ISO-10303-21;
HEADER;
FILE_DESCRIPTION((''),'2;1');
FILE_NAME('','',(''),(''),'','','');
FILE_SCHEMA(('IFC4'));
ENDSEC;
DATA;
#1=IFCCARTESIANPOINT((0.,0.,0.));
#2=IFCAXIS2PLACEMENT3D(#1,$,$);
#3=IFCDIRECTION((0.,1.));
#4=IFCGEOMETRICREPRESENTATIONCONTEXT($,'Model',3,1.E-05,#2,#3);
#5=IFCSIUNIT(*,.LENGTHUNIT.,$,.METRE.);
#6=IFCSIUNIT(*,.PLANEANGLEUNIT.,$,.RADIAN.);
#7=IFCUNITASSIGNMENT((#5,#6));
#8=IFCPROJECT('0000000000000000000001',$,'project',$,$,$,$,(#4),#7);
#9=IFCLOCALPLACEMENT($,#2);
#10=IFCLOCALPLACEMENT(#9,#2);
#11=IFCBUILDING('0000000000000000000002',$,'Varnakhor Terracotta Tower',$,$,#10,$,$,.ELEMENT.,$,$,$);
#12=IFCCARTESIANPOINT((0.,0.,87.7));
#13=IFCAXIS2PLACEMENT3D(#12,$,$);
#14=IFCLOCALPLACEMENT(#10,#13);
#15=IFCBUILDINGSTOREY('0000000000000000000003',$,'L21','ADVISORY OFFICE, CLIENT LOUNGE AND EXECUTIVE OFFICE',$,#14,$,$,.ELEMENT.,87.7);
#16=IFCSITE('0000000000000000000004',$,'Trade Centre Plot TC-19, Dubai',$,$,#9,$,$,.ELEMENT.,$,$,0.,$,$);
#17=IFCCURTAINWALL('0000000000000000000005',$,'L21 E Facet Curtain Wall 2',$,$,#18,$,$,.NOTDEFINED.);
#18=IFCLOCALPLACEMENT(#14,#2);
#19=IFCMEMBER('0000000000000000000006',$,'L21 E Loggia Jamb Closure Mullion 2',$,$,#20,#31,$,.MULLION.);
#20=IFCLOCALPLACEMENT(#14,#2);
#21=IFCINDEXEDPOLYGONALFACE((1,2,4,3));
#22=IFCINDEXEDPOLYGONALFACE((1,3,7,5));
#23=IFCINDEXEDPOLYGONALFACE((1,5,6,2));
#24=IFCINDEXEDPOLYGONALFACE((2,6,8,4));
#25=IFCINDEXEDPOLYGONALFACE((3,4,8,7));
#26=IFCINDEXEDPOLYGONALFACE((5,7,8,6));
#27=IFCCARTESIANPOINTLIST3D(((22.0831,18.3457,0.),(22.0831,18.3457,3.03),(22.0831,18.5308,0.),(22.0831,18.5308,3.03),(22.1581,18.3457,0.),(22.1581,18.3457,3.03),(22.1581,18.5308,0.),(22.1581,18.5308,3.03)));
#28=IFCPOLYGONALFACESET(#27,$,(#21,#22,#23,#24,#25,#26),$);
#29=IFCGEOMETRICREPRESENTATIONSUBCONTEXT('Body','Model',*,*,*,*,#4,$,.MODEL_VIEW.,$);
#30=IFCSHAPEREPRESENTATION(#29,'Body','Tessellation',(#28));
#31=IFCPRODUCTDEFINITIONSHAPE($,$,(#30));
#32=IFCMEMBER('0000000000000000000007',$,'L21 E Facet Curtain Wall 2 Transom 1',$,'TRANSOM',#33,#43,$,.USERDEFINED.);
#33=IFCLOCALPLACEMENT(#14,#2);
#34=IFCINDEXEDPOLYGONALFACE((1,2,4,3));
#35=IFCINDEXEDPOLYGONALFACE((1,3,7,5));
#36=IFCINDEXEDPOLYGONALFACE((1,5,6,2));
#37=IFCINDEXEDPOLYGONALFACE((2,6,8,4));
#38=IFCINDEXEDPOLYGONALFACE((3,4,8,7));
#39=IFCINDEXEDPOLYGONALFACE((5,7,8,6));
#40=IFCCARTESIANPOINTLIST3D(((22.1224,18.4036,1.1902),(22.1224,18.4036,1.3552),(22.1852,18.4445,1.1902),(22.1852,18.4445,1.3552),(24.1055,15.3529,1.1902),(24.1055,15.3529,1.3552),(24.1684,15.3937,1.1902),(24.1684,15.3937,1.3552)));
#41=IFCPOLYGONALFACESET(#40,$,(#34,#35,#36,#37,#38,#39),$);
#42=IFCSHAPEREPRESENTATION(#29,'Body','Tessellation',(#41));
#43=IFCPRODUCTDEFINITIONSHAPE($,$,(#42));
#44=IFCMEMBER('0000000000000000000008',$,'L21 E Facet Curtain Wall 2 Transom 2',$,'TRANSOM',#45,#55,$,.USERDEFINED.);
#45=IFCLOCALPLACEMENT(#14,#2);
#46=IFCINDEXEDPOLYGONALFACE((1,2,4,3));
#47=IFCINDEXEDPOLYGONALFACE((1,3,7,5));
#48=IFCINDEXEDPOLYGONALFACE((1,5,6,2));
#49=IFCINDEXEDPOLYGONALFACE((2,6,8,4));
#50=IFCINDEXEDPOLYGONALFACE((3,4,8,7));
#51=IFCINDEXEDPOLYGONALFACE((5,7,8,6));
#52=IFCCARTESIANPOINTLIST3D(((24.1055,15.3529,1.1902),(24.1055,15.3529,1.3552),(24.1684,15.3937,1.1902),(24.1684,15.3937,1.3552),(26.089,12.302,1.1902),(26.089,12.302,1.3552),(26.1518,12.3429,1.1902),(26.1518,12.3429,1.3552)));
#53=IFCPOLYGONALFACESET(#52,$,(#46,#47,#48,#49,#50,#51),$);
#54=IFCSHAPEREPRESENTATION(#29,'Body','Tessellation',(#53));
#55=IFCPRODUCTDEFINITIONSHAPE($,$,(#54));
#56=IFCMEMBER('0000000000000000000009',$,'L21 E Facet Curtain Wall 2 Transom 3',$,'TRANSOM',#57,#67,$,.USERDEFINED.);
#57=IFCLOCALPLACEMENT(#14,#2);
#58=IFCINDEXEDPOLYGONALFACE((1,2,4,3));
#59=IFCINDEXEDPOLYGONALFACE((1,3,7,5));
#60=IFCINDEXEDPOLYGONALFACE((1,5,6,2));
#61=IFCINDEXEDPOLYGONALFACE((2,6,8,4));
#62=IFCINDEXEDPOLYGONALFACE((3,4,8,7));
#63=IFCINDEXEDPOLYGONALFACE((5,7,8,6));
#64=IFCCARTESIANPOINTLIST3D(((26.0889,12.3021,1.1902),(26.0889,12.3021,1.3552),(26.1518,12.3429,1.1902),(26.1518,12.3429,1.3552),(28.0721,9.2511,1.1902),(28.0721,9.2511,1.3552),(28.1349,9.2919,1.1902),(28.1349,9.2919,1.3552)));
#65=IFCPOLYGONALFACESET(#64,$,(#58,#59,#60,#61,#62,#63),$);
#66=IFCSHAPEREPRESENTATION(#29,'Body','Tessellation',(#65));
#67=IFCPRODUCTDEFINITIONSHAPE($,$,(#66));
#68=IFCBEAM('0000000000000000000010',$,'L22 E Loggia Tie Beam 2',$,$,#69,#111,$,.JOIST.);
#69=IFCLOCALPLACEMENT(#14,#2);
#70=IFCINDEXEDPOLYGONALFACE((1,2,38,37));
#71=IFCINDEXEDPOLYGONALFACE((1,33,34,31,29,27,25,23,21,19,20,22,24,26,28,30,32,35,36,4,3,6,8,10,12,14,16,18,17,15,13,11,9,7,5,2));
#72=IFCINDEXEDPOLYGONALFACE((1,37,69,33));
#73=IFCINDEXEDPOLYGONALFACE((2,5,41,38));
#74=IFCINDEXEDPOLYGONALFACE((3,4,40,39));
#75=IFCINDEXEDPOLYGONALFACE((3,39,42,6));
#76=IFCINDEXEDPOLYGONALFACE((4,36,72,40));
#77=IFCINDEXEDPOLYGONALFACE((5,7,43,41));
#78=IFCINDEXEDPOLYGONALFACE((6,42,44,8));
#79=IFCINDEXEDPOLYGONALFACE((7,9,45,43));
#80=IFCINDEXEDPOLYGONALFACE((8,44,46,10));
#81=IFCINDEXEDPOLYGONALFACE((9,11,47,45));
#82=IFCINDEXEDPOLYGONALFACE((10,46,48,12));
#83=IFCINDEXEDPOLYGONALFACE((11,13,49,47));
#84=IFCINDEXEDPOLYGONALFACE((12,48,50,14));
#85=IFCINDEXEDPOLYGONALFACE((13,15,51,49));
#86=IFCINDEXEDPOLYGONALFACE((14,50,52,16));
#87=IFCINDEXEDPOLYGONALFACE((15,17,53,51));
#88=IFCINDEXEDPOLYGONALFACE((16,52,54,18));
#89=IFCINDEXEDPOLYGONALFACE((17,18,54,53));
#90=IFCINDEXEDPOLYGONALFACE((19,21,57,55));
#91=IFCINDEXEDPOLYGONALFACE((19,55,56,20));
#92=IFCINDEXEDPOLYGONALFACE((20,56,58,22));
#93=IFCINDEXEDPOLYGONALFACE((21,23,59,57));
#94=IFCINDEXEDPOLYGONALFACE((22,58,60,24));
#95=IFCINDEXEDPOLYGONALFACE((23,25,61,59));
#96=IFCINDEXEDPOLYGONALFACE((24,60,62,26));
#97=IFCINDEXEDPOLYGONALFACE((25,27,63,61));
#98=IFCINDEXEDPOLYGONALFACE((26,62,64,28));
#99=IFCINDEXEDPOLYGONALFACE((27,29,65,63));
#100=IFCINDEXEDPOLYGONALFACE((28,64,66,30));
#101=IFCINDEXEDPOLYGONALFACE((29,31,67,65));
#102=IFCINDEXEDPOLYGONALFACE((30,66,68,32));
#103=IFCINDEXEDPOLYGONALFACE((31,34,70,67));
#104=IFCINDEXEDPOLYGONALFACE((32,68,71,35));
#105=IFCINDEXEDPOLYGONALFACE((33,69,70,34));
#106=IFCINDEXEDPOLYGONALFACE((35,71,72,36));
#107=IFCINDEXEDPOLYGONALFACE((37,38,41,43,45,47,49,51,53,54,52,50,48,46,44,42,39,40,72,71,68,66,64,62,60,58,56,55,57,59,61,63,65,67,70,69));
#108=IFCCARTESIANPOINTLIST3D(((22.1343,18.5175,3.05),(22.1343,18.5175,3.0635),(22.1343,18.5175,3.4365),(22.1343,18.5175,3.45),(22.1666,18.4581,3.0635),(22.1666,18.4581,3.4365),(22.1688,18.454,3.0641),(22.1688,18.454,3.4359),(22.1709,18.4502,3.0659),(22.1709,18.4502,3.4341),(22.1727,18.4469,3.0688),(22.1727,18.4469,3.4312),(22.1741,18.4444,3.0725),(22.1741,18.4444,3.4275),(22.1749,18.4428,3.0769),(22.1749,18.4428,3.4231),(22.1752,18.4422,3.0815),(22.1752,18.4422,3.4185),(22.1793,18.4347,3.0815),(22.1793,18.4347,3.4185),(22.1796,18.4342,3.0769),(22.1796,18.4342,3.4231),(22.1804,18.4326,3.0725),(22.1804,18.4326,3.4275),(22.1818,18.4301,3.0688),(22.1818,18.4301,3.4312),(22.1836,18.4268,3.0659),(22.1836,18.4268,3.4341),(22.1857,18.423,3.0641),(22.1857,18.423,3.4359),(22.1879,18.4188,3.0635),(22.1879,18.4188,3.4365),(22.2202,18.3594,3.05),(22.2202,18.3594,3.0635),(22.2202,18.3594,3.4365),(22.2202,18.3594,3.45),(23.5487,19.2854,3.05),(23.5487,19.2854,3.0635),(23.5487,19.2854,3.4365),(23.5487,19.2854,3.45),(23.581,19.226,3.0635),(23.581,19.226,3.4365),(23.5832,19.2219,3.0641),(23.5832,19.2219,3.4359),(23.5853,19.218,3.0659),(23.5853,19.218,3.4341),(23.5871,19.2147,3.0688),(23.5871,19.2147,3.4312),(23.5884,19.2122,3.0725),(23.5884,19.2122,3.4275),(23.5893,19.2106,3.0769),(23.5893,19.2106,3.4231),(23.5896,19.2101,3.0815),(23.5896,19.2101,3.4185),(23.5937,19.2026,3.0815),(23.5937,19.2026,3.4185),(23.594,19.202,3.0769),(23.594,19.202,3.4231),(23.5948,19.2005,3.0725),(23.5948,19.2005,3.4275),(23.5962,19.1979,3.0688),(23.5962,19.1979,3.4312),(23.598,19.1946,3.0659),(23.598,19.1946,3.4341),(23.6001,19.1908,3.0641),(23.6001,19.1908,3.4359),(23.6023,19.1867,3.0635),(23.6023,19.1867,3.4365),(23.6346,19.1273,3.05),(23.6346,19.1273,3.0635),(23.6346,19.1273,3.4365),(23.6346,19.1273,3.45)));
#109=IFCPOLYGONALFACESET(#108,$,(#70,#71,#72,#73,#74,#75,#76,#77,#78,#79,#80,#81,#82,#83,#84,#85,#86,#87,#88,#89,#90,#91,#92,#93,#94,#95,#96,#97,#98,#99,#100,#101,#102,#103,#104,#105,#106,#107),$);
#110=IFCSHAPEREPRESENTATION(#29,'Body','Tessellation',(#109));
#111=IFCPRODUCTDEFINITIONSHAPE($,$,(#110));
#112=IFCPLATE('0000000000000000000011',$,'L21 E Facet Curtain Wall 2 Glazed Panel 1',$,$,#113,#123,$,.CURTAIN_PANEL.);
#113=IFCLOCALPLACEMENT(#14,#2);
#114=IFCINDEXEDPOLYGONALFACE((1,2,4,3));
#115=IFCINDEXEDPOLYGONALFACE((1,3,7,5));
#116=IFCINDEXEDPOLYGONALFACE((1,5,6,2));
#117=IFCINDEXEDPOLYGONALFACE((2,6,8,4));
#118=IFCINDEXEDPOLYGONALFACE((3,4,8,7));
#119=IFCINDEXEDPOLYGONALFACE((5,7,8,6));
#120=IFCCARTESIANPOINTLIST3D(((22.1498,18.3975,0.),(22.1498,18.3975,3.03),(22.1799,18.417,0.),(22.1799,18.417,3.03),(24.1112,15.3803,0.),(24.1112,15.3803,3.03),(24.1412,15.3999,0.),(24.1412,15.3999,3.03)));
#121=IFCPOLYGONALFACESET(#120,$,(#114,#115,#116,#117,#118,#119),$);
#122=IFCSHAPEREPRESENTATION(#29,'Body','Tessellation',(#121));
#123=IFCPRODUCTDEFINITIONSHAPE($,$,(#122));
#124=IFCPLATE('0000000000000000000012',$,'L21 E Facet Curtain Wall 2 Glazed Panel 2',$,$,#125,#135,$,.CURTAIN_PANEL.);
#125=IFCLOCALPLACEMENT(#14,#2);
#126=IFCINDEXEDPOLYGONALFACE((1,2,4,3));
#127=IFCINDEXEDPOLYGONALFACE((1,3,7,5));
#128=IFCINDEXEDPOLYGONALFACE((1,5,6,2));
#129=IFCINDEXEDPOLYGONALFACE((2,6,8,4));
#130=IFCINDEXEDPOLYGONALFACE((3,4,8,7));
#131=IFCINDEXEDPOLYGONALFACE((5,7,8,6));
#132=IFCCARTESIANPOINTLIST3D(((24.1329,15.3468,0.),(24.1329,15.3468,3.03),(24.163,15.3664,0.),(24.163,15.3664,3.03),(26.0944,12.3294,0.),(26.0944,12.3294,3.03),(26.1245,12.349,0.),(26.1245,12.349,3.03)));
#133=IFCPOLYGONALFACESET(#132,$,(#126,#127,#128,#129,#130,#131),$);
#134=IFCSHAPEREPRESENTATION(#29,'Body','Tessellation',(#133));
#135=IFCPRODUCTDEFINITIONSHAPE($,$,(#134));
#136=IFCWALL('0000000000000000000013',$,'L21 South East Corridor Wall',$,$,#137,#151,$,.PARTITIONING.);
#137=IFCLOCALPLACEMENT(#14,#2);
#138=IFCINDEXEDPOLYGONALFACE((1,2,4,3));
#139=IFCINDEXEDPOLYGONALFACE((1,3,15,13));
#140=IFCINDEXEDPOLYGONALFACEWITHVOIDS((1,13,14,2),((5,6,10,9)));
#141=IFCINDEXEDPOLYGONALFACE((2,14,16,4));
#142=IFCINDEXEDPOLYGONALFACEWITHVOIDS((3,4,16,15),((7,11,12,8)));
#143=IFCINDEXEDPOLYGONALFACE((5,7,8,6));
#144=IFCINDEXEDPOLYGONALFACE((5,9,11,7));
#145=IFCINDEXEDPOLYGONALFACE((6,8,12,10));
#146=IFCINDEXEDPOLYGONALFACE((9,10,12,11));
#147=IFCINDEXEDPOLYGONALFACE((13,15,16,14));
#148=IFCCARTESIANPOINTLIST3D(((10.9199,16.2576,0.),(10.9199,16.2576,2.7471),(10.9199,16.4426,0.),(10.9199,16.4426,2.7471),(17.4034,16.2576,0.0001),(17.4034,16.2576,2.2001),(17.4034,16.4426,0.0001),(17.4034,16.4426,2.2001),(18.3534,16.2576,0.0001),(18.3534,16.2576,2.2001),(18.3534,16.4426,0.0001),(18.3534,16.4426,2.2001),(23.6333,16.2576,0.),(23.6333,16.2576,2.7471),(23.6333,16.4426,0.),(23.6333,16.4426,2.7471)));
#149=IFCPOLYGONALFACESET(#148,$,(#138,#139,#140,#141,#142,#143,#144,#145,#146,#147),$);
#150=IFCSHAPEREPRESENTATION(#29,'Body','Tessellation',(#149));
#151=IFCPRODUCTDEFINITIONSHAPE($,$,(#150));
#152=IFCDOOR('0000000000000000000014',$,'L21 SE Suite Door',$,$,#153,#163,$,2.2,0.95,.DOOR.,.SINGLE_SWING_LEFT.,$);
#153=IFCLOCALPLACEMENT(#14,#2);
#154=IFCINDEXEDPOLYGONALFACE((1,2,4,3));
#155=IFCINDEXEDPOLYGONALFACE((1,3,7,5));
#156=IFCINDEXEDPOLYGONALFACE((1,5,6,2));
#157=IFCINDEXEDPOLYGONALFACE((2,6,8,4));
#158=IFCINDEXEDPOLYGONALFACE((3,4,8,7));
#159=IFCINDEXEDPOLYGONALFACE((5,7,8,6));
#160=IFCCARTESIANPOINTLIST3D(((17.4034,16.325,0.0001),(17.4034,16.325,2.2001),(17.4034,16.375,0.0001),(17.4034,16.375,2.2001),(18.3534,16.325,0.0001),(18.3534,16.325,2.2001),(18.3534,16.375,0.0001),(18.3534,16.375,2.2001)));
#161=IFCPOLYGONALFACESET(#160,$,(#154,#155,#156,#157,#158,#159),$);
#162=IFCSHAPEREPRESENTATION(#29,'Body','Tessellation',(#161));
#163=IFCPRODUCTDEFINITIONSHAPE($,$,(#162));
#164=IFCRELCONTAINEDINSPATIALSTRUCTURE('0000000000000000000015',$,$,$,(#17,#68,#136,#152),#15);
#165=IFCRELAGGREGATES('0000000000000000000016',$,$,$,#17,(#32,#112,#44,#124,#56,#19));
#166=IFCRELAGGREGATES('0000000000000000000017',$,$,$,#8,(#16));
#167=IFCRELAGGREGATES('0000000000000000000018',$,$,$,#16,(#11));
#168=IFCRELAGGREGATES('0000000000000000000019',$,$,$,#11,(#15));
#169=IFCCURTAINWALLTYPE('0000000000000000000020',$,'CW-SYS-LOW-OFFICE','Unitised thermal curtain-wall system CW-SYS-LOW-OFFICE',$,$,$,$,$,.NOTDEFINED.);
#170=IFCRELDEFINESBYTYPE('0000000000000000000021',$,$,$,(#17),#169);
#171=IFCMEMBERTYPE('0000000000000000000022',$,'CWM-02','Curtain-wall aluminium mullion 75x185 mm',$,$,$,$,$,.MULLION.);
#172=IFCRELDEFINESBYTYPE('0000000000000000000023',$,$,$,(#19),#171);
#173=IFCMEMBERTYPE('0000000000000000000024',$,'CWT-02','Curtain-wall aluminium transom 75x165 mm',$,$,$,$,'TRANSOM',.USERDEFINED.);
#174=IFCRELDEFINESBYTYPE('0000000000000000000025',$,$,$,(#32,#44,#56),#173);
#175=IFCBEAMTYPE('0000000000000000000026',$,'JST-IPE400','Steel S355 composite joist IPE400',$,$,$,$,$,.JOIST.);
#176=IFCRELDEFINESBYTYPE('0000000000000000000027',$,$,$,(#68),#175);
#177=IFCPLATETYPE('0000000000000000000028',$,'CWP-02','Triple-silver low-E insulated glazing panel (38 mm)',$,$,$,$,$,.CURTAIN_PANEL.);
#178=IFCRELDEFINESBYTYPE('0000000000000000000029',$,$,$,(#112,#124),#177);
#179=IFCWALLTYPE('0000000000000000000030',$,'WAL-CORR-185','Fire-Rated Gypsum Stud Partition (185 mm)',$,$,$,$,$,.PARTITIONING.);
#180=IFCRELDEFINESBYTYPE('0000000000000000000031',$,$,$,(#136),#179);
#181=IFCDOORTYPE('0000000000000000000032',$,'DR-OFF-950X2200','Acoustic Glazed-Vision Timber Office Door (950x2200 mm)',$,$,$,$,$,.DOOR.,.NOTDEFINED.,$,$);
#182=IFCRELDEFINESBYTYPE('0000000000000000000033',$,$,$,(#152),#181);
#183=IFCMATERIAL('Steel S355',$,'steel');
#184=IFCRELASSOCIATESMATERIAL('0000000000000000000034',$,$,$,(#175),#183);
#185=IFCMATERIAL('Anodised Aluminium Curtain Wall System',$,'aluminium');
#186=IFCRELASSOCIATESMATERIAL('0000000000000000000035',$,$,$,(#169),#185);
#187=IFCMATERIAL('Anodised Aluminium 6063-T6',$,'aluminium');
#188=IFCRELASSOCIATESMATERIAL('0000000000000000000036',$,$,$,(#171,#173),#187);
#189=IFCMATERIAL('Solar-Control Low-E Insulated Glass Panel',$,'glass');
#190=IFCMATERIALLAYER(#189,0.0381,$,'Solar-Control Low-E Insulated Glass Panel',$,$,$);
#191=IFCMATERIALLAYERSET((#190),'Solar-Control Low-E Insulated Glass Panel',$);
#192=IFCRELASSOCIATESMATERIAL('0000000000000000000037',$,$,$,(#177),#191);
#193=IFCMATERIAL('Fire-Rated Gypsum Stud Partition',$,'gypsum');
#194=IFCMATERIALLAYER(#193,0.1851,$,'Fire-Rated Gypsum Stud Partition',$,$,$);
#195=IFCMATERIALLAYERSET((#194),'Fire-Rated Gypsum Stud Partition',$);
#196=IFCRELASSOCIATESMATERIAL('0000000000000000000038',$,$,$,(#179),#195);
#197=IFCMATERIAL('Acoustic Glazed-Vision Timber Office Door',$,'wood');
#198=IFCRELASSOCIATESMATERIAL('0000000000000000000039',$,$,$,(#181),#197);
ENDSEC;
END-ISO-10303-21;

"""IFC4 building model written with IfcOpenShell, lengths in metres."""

from ifc_helpers import new_model, si_unit, direction, frame, frame_2d, origin, origin_2d, place, context, subcontext, project, spatial, rectangle, i_section, extrude, source, transform, mapped, material, layer, layer_set, material_profile, profile_set, type_object, type_shapes, element, fill, aggregate, save


model = new_model("IFC4")

# Units and contexts
model_context = context("Model", 3, precision=1e-05, world=origin(), true_north=direction((0.0, 1.0)))
body_context = subcontext(model_context, "Body", "Model", "MODEL_VIEW")
ifc_project = project(units=[si_unit("LENGTHUNIT", "METRE"), si_unit("PLANEANGLEUNIT", "RADIAN")], contexts=[model_context])

# Site, building, storey
site_placement = place(None, origin())
site = spatial("IfcSite", under=ifc_project, at=site_placement, Name="Trade Centre Plot TC-19, Dubai", CompositionType="ELEMENT", RefElevation=0.0)
building_placement = place(site_placement, origin())
building = spatial("IfcBuilding", under=site, at=building_placement, Name="Varnakhor Terracotta Tower", CompositionType="ELEMENT")
storey_placement = place(building_placement, frame((0.0, 0.0, 87.7)))
storey = spatial("IfcBuildingStorey", under=building, at=storey_placement, Name="L21", Description="ADVISORY OFFICE, CLIENT LOUNGE AND EXECUTIVE OFFICE", CompositionType="ELEMENT", Elevation=87.7)

# Shared definitions
ifc_material_1 = material(Name="Steel S355", Category="steel")
ifc_material_profile_1 = material_profile(ifc_material_1, i_section(OverallWidth=0.1799, OverallDepth=0.3999, WebThickness=0.0085, FlangeThickness=0.0134, FilletRadius=0.0181, at=origin_2d()), Name="IPE400")
ifc_profile_set_1 = profile_set([ifc_material_profile_1], Name="Steel S355")
beam_type_1 = type_object("IfcBeamType", Name="JST-IPE400", Description="Steel S355 composite joist IPE400", PredefinedType="JOIST", material=ifc_profile_set_1)

# Curtain wall, members
ifc_material_2 = material(Name="Anodised Aluminium Curtain Wall System", Category="aluminium")
curtain_wall_type = type_object("IfcCurtainWallType", Name="CW-SYS-LOW-OFFICE", Description="Unitised thermal curtain-wall system CW-SYS-LOW-OFFICE", PredefinedType="NOTDEFINED", material=ifc_material_2)
curtain_wall_placement = place(storey_placement, origin())
curtain_wall = element("IfcCurtainWall", 1, at=curtain_wall_placement, inside=storey, type_object=curtain_wall_type, Name="L21 E Facet Curtain Wall 2", PredefinedType="NOTDEFINED")
ifc_material_3 = material(Name="Anodised Aluminium 6063-T6", Category="aluminium")
ifc_material_profile_2 = material_profile(ifc_material_3, rectangle(XDim=0.075, YDim=0.1851, at=origin_2d()), Name="ALU MULLION 75x185")
ifc_profile_set_2 = profile_set([ifc_material_profile_2], Name="Anodised Aluminium 6063-T6")
member_type_1 = type_object("IfcMemberType", Name="CWM-02", Description="Curtain-wall aluminium mullion 75x185 mm", PredefinedType="MULLION", material=ifc_profile_set_2)
shared_shape_1 = source(origin(), body_context, "Body", "SweptSolid", [
    extrude(rectangle(XDim=0.075, YDim=0.1851, at=origin_2d()), origin(), (0.0, 0.0, 1.0), 3.03),
])
type_shapes(member_type_1, [shared_shape_1])
member_1_placement = place(storey_placement, frame((22.1206, 18.4382, 0.0), z_axis=(0.0, 0.0, 1.0), x_axis=(1.0, 0.0, 0.0)))
member_1 = element("IfcMember", 2, at=member_1_placement, type_object=member_type_1, Name="L21 E Loggia Jamb Closure Mullion 2", PredefinedType="MULLION", context=body_context, shape_type="MappedRepresentation", body=[
    mapped(shared_shape_1, transform((0.0, 0.0, 0.0), scale=1.0)),
])
ifc_material_profile_3 = material_profile(ifc_material_3, rectangle(XDim=0.075, YDim=0.165, at=origin_2d()), Name="ALU TRANSOM 75x165")
ifc_profile_set_3 = profile_set([ifc_material_profile_3], Name="Anodised Aluminium 6063-T6")
member_type_2 = type_object("IfcMemberType", Name="CWT-02", Description="Curtain-wall aluminium transom 75x165 mm", ElementType="TRANSOM", PredefinedType="USERDEFINED", material=ifc_profile_set_3)
shared_shape_2 = source(origin(), body_context, "Body", "SweptSolid", [
    extrude(rectangle(XDim=0.075, YDim=0.165, at=origin_2d()), origin(), (0.0, 0.0, 1.0), 3.6387),
])
member_2_placement = place(storey_placement, frame((22.1538, 18.4241, 1.2727), z_axis=(0.545017, -0.838425, 0.0), x_axis=(0.838425, 0.545017, 0.0)))
member_2 = element("IfcMember", 3, at=member_2_placement, type_object=member_type_2, Name="L21 E Facet Curtain Wall 2 Transom 1", ObjectType="TRANSOM", PredefinedType="USERDEFINED", context=body_context, shape_type="MappedRepresentation", body=[
    mapped(shared_shape_2, transform((0.0, 0.0, 0.0), scale=1.0)),
])
shared_shape_3 = source(origin(), body_context, "Body", "SweptSolid", [
    extrude(rectangle(XDim=0.075, YDim=0.165, at=origin_2d()), origin(), (0.0, 0.0, 1.0), 3.6389),
])
member_3_placement = place(storey_placement, frame((24.137, 15.3733, 1.2727), z_axis=(0.545064, -0.838395, 0.0), x_axis=(0.838395, 0.545064, 0.0)))
member_3 = element("IfcMember", 4, at=member_3_placement, type_object=member_type_2, Name="L21 E Facet Curtain Wall 2 Transom 2", ObjectType="TRANSOM", PredefinedType="USERDEFINED", context=body_context, shape_type="MappedRepresentation", body=[
    mapped(shared_shape_3, transform((0.0, 0.0, 0.0), scale=1.0)),
])
member_4_placement = place(storey_placement, frame((26.1204, 12.3225, 1.2727), z_axis=(0.544986, -0.838445, 0.0), x_axis=(0.838445, 0.544986, 0.0)))
member_4 = element("IfcMember", 5, at=member_4_placement, type_object=member_type_2, Name="L21 E Facet Curtain Wall 2 Transom 3", ObjectType="TRANSOM", PredefinedType="USERDEFINED", context=body_context, shape_type="MappedRepresentation", body=[
    mapped(shared_shape_3, transform((0.0, 0.0, 0.0), scale=1.0)),
])

# Beam
shared_shape_4 = source(origin(), body_context, "Body", "SweptSolid", [
    extrude(i_section(OverallWidth=0.1799, OverallDepth=0.3999, WebThickness=0.0085, FlangeThickness=0.0134, FilletRadius=0.0181, at=origin_2d()), origin(), (0.0, 0.0, 1.0), 1.6094),
])
beam_1_placement = place(storey_placement, frame((22.1772, 18.4385, 3.25), z_axis=(0.878839, 0.477119, 0.0), x_axis=(-0.477119, 0.878839, 0.0)))
element("IfcBeam", 6, at=beam_1_placement, inside=storey, type_object=beam_type_1, Name="L22 E Loggia Tie Beam 2", PredefinedType="JOIST", context=body_context, shape_type="MappedRepresentation", body=[
    mapped(shared_shape_4, transform((0.0, 0.0, 0.0), scale=1.0)),
])

# Plates
ifc_material_4 = material(Name="Solar-Control Low-E Insulated Glass Panel", Category="glass")
ifc_layer_1 = layer(ifc_material_4, 0.0381, Name="Solar-Control Low-E Insulated Glass Panel")
ifc_layer_set_1 = layer_set([ifc_layer_1], Name="Solar-Control Low-E Insulated Glass Panel")
plate_type = type_object("IfcPlateType", Name="CWP-02", Description="Triple-silver low-E insulated glazing panel (38 mm)", PredefinedType="CURTAIN_PANEL", material=ifc_layer_set_1)
shared_shape_5 = source(origin(), body_context, "Body", "SweptSolid", [
    extrude(rectangle(XDim=3.5986, YDim=0.0359, at=origin_2d()), origin(), (0.0, 0.0, 1.0), 3.03),
])
plate_1_placement = place(storey_placement, frame((23.1455, 16.8987, 0.0), z_axis=(0.0, 0.0, 1.0), x_axis=(0.545034, -0.838414, 0.0)))
plate_1 = element("IfcPlate", 7, at=plate_1_placement, type_object=plate_type, Name="L21 E Facet Curtain Wall 2 Glazed Panel 1", PredefinedType="CURTAIN_PANEL", context=body_context, shape_type="MappedRepresentation", body=[
    mapped(shared_shape_5, transform((0.0, 0.0, 0.0), scale=1.0)),
])
shared_shape_6 = source(origin(), body_context, "Body", "SweptSolid", [
    extrude(rectangle(XDim=3.5989, YDim=0.0359, at=origin_2d()), origin(), (0.0, 0.0, 1.0), 3.03),
])
plate_2_placement = place(storey_placement, frame((25.1287, 13.8479, 0.0), z_axis=(0.0, 0.0, 1.0), x_axis=(0.545034, -0.838414, 0.0)))
plate_2 = element("IfcPlate", 8, at=plate_2_placement, type_object=plate_type, Name="L21 E Facet Curtain Wall 2 Glazed Panel 2", PredefinedType="CURTAIN_PANEL", context=body_context, shape_type="MappedRepresentation", body=[
    mapped(shared_shape_6, transform((0.0, 0.0, 0.0), scale=1.0)),
])
aggregate(curtain_wall, [member_2, plate_1, member_3, plate_2, member_4, member_1])

# Wall, opening, door
ifc_material_5 = material(Name="Fire-Rated Gypsum Stud Partition", Category="gypsum")
ifc_layer_2 = layer(ifc_material_5, 0.1851, Name="Fire-Rated Gypsum Stud Partition")
ifc_layer_set_2 = layer_set([ifc_layer_2], Name="Fire-Rated Gypsum Stud Partition")
wall_type_1 = type_object("IfcWallType", Name="WAL-CORR-185", Description="Fire-Rated Gypsum Stud Partition (185 mm)", PredefinedType="PARTITIONING", material=ifc_layer_set_2)
wall_1_placement = place(storey_placement, frame((10.9199, 16.3501, 0.0), z_axis=(0.0, 0.0, 1.0), x_axis=(1.0, 0.0, 0.0)))
wall_1 = element("IfcWall", 9, at=wall_1_placement, inside=storey, type_object=wall_type_1, Name="L21 South East Corridor Wall", PredefinedType="PARTITIONING", context=body_context, shape_type="SweptSolid", body=[
    extrude(rectangle(XDim=12.7134, YDim=0.1851, at=frame_2d((6.3567, 0.0))), origin(), (0.0, 0.0, 1.0), 2.7471),
])
opening_1_placement = place(wall_1_placement, frame((6.4834, 0.0, 0.0)))
opening_1 = element("IfcOpeningElement", 10, at=opening_1_placement, cuts=wall_1, PredefinedType="OPENING", context=body_context, shape_type="SweptSolid", body=[
    extrude(rectangle(XDim=0.95, YDim=2.2, at=frame_2d((0.4751, 1.1001))), frame((0.0, 0.1025, 0.0), z_axis=(0.0, -1.0, 0.0), x_axis=(1.0, 0.0, 0.0)), (0.0, 0.0, 1.0), 0.2051),
])
ifc_material_6 = material(Name="Acoustic Glazed-Vision Timber Office Door", Category="wood")
door_type = type_object("IfcDoorType", Name="DR-OFF-950X2200", Description="Acoustic Glazed-Vision Timber Office Door (950x2200 mm)", OperationType="NOTDEFINED", PredefinedType="DOOR", material=ifc_material_6)
shared_shape_7 = source(origin(), body_context, "Body", "SweptSolid", [
    extrude(rectangle(XDim=0.95, YDim=2.2, at=frame_2d((0.4751, 1.1001))), frame((0.0, 0.0249, 0.0), z_axis=(0.0, -1.0, 0.0), x_axis=(1.0, 0.0, 0.0)), (0.0, 0.0, 1.0), 0.05),
])
type_shapes(door_type, [shared_shape_7])
door_1_placement = place(opening_1_placement, origin())
door_1 = element("IfcDoor", 11, at=door_1_placement, inside=storey, type_object=door_type, Name="L21 SE Suite Door", OperationType="SINGLE_SWING_LEFT", OverallHeight=2.2, OverallWidth=0.95, PredefinedType="DOOR", context=body_context, shape_type="MappedRepresentation", body=[
    mapped(shared_shape_7, transform((0.0, 0.0, 0.0), scale=1.0)),
])
fill(opening_1, door_1)

save(model, "model.ifc")
